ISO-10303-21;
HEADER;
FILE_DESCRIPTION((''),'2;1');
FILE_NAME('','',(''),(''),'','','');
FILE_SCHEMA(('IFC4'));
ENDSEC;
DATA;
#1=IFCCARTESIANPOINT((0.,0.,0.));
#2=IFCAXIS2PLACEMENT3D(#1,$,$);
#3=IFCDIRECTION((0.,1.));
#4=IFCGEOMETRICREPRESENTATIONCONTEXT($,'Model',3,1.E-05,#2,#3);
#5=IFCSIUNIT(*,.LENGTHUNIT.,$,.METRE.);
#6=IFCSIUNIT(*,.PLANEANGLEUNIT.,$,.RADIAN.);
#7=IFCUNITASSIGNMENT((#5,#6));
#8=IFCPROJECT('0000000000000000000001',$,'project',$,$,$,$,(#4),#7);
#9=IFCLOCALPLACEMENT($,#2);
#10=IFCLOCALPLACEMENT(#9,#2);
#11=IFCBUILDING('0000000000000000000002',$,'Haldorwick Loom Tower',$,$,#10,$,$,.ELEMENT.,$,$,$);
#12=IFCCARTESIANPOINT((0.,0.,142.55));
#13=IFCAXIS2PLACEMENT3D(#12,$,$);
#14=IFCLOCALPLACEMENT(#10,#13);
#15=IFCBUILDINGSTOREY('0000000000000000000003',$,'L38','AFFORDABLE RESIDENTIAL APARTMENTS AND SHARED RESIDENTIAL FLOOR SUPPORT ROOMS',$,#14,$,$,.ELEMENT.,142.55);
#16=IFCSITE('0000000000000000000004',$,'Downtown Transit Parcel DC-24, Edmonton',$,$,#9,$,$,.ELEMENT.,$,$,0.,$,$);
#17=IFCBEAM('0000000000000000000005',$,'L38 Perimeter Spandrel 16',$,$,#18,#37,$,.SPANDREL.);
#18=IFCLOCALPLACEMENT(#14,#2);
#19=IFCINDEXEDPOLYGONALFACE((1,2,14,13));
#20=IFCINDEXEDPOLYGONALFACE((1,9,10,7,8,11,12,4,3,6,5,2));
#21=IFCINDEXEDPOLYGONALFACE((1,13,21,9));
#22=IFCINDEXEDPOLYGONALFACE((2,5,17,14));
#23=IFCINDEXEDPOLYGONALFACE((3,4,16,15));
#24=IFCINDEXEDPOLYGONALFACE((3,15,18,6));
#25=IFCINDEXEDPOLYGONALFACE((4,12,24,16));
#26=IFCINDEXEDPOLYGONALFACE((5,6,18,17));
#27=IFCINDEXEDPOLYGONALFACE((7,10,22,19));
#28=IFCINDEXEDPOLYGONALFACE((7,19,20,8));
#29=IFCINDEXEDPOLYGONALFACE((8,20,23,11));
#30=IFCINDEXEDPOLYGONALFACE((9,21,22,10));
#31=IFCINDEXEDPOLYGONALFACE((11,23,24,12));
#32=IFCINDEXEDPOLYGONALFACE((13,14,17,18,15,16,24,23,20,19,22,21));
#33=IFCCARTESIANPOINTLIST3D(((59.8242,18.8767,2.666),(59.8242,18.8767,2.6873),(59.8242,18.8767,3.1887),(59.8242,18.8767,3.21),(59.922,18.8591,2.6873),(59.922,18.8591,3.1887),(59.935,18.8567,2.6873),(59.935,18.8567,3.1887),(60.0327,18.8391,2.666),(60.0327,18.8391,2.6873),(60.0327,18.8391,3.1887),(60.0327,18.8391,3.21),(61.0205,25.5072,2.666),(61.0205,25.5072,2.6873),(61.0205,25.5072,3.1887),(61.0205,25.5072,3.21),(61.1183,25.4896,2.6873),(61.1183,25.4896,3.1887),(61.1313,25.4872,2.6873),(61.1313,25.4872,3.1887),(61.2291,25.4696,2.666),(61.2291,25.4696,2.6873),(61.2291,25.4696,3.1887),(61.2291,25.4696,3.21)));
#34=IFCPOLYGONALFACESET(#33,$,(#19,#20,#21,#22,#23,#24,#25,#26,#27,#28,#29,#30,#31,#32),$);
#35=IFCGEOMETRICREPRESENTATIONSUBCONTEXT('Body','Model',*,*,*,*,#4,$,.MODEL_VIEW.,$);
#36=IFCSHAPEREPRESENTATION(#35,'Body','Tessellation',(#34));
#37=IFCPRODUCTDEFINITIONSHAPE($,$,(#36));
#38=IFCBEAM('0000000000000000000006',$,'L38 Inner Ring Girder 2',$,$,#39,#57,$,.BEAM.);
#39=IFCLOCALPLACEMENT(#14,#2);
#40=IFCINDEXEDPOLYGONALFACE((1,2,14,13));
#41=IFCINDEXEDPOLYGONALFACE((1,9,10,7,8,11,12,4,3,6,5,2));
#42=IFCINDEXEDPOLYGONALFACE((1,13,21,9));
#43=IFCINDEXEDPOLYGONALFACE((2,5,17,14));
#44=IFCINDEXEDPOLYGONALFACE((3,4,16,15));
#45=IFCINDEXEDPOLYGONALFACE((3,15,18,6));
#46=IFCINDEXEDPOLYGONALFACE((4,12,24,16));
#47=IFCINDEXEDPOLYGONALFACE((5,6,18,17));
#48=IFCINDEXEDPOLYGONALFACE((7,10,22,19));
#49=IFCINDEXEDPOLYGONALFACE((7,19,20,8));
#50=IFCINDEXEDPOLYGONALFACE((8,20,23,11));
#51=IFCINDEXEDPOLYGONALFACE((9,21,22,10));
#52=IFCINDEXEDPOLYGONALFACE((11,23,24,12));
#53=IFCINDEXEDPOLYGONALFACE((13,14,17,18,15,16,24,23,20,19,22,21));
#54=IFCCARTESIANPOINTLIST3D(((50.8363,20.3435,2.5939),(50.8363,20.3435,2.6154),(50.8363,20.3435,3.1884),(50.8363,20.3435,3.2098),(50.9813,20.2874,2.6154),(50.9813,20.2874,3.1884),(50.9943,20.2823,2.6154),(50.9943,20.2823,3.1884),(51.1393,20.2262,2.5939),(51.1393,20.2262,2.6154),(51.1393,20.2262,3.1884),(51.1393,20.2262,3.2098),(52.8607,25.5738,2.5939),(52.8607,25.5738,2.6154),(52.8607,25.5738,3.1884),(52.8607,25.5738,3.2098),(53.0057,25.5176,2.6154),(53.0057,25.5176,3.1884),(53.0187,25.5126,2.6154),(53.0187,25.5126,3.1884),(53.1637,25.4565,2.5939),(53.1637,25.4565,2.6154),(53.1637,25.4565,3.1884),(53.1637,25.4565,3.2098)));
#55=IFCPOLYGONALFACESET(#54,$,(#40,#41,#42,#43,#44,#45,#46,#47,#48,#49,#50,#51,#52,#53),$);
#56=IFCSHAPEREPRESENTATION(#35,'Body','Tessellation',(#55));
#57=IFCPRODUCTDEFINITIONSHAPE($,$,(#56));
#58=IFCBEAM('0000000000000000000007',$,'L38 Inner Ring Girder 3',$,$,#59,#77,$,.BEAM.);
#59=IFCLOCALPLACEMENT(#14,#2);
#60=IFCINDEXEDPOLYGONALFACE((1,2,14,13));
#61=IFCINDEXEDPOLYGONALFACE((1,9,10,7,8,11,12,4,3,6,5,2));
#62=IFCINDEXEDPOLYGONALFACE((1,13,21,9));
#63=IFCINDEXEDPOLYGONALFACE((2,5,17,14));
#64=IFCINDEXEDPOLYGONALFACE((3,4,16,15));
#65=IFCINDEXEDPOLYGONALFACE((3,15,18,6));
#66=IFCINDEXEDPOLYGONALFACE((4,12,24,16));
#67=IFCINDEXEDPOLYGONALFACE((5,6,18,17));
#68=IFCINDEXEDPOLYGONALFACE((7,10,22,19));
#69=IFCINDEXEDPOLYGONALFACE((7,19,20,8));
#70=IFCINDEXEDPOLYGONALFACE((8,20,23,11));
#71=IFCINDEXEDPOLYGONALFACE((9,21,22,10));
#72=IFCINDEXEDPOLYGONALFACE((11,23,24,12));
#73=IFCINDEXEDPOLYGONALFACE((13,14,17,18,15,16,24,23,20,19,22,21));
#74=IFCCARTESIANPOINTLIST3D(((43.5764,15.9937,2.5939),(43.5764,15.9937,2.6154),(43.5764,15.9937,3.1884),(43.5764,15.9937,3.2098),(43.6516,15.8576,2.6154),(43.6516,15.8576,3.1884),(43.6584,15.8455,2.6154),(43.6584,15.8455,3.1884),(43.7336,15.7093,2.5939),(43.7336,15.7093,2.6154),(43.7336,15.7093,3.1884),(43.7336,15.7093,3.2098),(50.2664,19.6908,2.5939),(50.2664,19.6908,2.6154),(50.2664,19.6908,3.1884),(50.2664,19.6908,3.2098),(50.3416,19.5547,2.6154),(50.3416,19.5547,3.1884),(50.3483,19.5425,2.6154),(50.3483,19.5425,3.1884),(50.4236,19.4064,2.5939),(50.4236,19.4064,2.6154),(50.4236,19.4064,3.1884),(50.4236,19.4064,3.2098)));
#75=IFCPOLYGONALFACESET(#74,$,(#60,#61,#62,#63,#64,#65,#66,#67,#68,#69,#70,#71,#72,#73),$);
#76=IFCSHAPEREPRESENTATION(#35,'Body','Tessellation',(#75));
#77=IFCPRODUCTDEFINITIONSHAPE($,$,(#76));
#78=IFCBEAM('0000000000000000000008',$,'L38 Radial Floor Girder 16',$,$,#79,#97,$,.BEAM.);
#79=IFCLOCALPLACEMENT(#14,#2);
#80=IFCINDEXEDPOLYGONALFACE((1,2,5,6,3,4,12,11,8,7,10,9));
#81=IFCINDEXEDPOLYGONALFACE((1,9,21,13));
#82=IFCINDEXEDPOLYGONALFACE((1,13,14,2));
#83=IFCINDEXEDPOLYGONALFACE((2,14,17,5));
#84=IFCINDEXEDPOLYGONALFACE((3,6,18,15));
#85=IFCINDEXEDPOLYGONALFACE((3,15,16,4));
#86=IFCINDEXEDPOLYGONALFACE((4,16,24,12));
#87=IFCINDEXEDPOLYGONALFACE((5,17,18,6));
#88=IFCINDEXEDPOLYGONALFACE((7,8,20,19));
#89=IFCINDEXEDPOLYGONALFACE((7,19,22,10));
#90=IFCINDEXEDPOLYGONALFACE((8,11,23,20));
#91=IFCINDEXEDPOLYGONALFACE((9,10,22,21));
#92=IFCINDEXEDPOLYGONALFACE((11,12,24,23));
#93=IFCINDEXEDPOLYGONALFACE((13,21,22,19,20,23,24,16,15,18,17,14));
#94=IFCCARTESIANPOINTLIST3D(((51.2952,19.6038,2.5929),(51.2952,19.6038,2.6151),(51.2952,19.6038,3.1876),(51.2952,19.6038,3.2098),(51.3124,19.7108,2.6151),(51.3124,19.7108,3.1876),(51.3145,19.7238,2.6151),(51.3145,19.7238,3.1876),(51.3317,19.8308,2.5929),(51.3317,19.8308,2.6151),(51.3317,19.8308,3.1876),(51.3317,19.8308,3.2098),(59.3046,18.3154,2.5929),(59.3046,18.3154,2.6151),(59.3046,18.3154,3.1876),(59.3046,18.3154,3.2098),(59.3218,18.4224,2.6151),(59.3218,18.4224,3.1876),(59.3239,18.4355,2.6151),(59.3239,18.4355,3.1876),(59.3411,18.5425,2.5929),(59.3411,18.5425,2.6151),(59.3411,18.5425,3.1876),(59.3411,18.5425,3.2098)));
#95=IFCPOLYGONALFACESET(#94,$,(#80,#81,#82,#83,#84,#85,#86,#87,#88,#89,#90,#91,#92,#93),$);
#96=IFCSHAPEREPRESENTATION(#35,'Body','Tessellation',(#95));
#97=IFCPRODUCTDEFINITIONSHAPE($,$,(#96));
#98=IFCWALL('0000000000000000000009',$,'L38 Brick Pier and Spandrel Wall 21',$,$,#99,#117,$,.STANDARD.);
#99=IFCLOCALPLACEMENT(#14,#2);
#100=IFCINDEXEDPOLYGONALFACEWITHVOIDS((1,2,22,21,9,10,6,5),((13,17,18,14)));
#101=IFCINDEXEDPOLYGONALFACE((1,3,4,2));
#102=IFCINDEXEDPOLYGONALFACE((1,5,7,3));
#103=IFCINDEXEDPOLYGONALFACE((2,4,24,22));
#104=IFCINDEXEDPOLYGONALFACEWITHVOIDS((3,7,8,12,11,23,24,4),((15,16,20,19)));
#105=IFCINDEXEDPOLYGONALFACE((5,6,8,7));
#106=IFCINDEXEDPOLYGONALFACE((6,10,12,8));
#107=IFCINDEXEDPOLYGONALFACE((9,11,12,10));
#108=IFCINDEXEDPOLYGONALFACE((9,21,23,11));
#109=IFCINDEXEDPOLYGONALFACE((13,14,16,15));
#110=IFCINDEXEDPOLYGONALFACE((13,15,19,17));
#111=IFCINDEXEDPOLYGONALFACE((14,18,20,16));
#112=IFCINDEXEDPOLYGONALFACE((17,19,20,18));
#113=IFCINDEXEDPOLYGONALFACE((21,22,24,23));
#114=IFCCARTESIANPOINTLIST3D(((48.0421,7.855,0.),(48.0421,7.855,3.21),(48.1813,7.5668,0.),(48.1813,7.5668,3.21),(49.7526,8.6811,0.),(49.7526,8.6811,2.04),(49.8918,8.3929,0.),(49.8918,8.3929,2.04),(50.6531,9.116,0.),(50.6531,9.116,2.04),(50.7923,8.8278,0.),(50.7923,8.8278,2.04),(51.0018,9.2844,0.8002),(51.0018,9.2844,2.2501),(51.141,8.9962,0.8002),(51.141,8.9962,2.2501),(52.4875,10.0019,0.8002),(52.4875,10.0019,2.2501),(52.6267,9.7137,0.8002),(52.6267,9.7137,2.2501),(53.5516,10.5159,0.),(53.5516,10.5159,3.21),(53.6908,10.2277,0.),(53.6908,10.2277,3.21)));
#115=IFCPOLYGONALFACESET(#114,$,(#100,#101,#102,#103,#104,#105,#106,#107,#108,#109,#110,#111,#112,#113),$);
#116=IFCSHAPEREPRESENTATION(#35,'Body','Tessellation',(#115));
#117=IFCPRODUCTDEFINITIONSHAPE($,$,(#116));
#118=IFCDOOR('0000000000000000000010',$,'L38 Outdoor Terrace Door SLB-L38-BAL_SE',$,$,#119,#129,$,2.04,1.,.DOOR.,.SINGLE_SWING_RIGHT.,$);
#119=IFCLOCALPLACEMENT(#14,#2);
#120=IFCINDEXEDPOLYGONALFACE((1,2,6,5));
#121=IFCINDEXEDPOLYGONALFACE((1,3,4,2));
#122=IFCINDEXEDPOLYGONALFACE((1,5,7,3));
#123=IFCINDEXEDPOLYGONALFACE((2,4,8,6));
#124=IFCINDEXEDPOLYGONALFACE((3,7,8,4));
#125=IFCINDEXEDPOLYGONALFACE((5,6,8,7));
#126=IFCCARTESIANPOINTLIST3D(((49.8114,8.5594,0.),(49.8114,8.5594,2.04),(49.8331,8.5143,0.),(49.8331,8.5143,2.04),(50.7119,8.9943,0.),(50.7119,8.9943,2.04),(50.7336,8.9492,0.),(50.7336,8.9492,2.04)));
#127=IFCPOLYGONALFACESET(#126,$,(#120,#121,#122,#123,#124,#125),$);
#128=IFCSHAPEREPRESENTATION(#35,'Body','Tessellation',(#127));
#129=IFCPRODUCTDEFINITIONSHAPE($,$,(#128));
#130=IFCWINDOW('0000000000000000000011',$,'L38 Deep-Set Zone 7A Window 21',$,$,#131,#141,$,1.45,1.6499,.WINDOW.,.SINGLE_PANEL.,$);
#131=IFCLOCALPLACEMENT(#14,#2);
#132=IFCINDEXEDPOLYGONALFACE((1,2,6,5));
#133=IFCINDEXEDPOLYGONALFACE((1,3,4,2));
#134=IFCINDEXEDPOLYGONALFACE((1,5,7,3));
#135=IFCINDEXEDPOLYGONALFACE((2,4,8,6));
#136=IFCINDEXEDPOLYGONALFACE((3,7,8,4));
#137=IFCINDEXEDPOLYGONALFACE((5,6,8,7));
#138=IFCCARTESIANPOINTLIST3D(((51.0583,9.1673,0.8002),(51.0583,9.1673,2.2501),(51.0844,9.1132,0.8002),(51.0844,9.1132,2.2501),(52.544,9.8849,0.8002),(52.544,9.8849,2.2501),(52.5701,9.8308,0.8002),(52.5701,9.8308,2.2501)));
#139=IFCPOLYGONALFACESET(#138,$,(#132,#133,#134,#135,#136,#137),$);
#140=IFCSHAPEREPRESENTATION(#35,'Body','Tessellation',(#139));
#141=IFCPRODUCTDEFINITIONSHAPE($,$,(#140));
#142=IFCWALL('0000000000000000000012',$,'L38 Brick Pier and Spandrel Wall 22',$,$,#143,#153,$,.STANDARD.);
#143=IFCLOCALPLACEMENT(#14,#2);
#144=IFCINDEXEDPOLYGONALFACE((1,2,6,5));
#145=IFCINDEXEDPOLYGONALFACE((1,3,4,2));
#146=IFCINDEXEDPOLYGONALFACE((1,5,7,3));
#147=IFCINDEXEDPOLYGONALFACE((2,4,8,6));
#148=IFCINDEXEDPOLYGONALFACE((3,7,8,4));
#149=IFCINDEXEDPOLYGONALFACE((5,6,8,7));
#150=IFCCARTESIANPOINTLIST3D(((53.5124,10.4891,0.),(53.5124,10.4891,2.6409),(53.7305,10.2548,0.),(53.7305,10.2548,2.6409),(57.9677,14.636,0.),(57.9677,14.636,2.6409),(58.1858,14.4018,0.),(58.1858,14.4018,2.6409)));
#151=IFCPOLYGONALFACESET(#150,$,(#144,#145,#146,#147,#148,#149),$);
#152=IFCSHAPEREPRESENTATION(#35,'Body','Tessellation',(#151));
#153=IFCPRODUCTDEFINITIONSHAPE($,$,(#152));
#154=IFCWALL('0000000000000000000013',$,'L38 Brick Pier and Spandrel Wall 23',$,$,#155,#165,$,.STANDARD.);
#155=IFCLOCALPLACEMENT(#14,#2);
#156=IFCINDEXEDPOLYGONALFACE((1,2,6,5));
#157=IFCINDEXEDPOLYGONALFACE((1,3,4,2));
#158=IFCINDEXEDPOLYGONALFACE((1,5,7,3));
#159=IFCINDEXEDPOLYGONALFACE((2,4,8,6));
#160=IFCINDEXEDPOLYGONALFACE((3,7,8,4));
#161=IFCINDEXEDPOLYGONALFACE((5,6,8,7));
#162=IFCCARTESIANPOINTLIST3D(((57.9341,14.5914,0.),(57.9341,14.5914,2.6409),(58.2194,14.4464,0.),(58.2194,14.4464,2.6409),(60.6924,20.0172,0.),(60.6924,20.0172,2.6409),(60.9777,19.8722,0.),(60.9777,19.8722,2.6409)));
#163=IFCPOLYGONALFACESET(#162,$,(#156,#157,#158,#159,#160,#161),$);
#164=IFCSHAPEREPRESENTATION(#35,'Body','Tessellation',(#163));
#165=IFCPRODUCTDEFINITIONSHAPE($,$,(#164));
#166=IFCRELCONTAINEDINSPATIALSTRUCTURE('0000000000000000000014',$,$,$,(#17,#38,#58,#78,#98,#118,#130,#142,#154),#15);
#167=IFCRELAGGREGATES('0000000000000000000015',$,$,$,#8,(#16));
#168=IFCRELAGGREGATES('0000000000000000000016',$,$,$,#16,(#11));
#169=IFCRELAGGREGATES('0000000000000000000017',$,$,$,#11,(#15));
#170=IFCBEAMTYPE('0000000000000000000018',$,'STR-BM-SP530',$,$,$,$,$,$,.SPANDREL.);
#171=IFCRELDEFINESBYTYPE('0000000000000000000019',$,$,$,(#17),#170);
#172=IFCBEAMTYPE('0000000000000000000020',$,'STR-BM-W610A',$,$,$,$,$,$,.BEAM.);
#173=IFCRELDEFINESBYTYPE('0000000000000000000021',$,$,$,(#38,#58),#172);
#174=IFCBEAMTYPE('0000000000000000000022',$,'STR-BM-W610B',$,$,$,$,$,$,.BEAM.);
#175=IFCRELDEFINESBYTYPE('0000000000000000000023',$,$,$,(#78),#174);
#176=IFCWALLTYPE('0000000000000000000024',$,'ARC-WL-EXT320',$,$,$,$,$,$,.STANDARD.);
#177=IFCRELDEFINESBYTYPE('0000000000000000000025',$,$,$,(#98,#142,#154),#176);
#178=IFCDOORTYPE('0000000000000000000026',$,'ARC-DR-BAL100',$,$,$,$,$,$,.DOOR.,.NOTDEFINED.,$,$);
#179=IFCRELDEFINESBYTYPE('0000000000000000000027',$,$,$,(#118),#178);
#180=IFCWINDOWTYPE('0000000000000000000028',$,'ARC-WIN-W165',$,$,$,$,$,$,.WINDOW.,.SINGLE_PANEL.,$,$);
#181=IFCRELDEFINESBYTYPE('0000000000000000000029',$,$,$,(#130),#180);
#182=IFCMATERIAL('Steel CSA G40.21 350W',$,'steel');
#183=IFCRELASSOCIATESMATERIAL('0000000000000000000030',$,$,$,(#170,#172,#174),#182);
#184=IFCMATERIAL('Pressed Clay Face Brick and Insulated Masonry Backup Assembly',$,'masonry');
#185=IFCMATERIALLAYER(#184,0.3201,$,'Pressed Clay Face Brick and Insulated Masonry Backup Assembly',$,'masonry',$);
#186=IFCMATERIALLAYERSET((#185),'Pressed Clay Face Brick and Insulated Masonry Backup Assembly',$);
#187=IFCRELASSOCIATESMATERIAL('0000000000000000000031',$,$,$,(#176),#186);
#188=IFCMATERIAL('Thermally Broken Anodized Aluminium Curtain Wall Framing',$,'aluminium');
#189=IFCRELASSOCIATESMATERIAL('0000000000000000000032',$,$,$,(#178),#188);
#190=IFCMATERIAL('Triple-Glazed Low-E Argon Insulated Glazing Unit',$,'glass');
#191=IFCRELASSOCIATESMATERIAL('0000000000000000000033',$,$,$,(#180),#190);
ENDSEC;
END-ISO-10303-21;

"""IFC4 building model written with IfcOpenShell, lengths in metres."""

from ifc_helpers import new_model, si_unit, direction, frame, frame_2d, origin, origin_2d, place, context, subcontext, project, spatial, rectangle, i_section, extrude, material, layer, layer_set, material_profile, profile_set, type_object, element, fill, save


model = new_model("IFC4")

# Units and contexts
model_context = context("Model", 3, precision=1e-05, world=origin(), true_north=direction((0.0, 1.0)))
body_context = subcontext(model_context, "Body", "Model", "MODEL_VIEW")
ifc_project = project(units=[si_unit("LENGTHUNIT", "METRE"), si_unit("PLANEANGLEUNIT", "RADIAN")], contexts=[model_context])

# Site, building, storey
site_placement = place(None, origin())
site = spatial("IfcSite", under=ifc_project, at=site_placement, Name="Downtown Transit Parcel DC-24, Edmonton", CompositionType="ELEMENT", RefElevation=0.0)
building_placement = place(site_placement, origin())
building = spatial("IfcBuilding", under=site, at=building_placement, Name="Haldorwick Loom Tower", CompositionType="ELEMENT")
storey_placement = place(building_placement, frame((0.0, 0.0, 142.55)))
storey = spatial("IfcBuildingStorey", under=building, at=storey_placement, Name="L38", Description="AFFORDABLE RESIDENTIAL APARTMENTS AND SHARED RESIDENTIAL FLOOR SUPPORT ROOMS", CompositionType="ELEMENT", Elevation=142.55)

# Beams
ifc_material_1 = material(Name="Steel CSA G40.21 350W", Category="steel")
ifc_material_profile_1 = material_profile(ifc_material_1, i_section(OverallWidth=0.2119, OverallDepth=0.5439, WebThickness=0.0132, FlangeThickness=0.0212, at=origin_2d()), Name="W530X123", Category="steel")
ifc_profile_set_1 = profile_set([ifc_material_profile_1], Name="Steel CSA G40.21 350W")
beam_type_1 = type_object("IfcBeamType", Name="STR-BM-SP530", PredefinedType="SPANDREL", material=ifc_profile_set_1)
beam_1_placement = place(storey_placement, frame((59.9285, 18.8579, 2.938), z_axis=(0.177559, 0.98411, 0.0), x_axis=(-0.98411, 0.177559, 0.0)))
element("IfcBeam", 1, at=beam_1_placement, inside=storey, type_object=beam_type_1, Name="L38 Perimeter Spandrel 16", PredefinedType="SPANDREL", context=body_context, shape_type="SweptSolid", body=[
    extrude(i_section(OverallWidth=0.2119, OverallDepth=0.5439, WebThickness=0.0132, FlangeThickness=0.0212, at=origin_2d()), origin(), (0.0, 0.0, 1.0), 6.7375),
])
ifc_material_profile_2 = material_profile(ifc_material_1, i_section(OverallWidth=0.325, OverallDepth=0.616, WebThickness=0.0139, FlangeThickness=0.0215, at=origin_2d()), Name="W610X174", Category="steel")
ifc_profile_set_2 = profile_set([ifc_material_profile_2], Name="Steel CSA G40.21 350W")
beam_type_2 = type_object("IfcBeamType", Name="STR-BM-W610A", PredefinedType="BEAM", material=ifc_profile_set_2)
beam_2_placement = place(storey_placement, frame((53.0122, 25.5151, 2.9019), z_axis=(-0.360965, -0.932579, 0.0), x_axis=(0.932579, -0.360965, 0.0)))
element("IfcBeam", 2, at=beam_2_placement, inside=storey, type_object=beam_type_2, Name="L38 Inner Ring Girder 2", PredefinedType="BEAM", context=body_context, shape_type="SweptSolid", body=[
    extrude(i_section(OverallWidth=0.325, OverallDepth=0.616, WebThickness=0.0139, FlangeThickness=0.0215, at=origin_2d()), origin(), (0.0, 0.0, 1.0), 5.6084),
])
beam_3_placement = place(storey_placement, frame((50.345, 19.5486, 2.9019), z_axis=(-0.875244, -0.483681, 0.0), x_axis=(0.483681, -0.875244, 0.0)))
element("IfcBeam", 3, at=beam_3_placement, inside=storey, type_object=beam_type_2, Name="L38 Inner Ring Girder 3", PredefinedType="BEAM", context=body_context, shape_type="SweptSolid", body=[
    extrude(i_section(OverallWidth=0.325, OverallDepth=0.616, WebThickness=0.0139, FlangeThickness=0.0215, at=origin_2d()), origin(), (0.0, 0.0, 1.0), 7.6436),
])
ifc_material_profile_3 = material_profile(ifc_material_1, i_section(OverallWidth=0.23, OverallDepth=0.6169, WebThickness=0.0132, FlangeThickness=0.0222, at=origin_2d()), Name="W610X140", Category="steel")
ifc_profile_set_3 = profile_set([ifc_material_profile_3], Name="Steel CSA G40.21 350W")
beam_type_3 = type_object("IfcBeamType", Name="STR-BM-W610B", PredefinedType="BEAM", material=ifc_profile_set_3)
beam_4_placement = place(storey_placement, frame((51.3135, 19.7173, 2.9014), z_axis=(0.987309, -0.158813, 0.0), x_axis=(0.158813, 0.987309, 0.0)))
element("IfcBeam", 4, at=beam_4_placement, inside=storey, type_object=beam_type_3, Name="L38 Radial Floor Girder 16", PredefinedType="BEAM", context=body_context, shape_type="SweptSolid", body=[
    extrude(i_section(OverallWidth=0.23, OverallDepth=0.6169, WebThickness=0.0132, FlangeThickness=0.0222, at=origin_2d()), origin(), (0.0, 0.0, 1.0), 8.1123),
])

# Wall, openings, door, window
ifc_material_2 = material(Name="Pressed Clay Face Brick and Insulated Masonry Backup Assembly", Category="masonry")
ifc_layer_1 = layer(ifc_material_2, 0.3201, Name="Pressed Clay Face Brick and Insulated Masonry Backup Assembly", Category="masonry")
ifc_layer_set_1 = layer_set([ifc_layer_1], Name="Pressed Clay Face Brick and Insulated Masonry Backup Assembly")
wall_type_1 = type_object("IfcWallType", Name="ARC-WL-EXT320", PredefinedType="STANDARD", material=ifc_layer_set_1)
wall_1_placement = place(storey_placement, frame((48.1118, 7.7109, 0.0), z_axis=(0.0, 0.0, 1.0), x_axis=(0.90048, 0.434897, 0.0)))
wall_1 = element("IfcWall", 5, at=wall_1_placement, inside=storey, type_object=wall_type_1, Name="L38 Brick Pier and Spandrel Wall 21", PredefinedType="STANDARD", context=body_context, shape_type="SweptSolid", body=[
    extrude(rectangle(XDim=6.1184, YDim=0.3201, at=frame_2d((3.0591, 0.0))), origin(), (0.0, 0.0, 1.0), 3.21),
])
opening_1_placement = place(wall_1_placement, frame((1.8994, 0.0, 0.0)))
opening_1 = element("IfcOpeningElement", 6, at=opening_1_placement, cuts=wall_1, PredefinedType="OPENING", context=body_context, shape_type="SweptSolid", body=[
    extrude(rectangle(XDim=1.0, YDim=2.04, at=frame_2d((0.5, 1.02))), frame((0.0, 0.1699, 0.0), z_axis=(0.0, -1.0, 0.0), x_axis=(1.0, 0.0, 0.0)), (0.0, 0.0, 1.0), 0.3401),
])
opening_2_placement = place(wall_1_placement, frame((3.2866, 0.0, 0.8)))
opening_2 = element("IfcOpeningElement", 7, at=opening_2_placement, cuts=wall_1, PredefinedType="OPENING", context=body_context, shape_type="SweptSolid", body=[
    extrude(rectangle(XDim=1.6499, YDim=1.45, at=frame_2d((0.825, 0.7251))), frame((0.0, 0.1699, 0.0), z_axis=(0.0, -1.0, 0.0), x_axis=(1.0, 0.0, 0.0)), (0.0, 0.0, 1.0), 0.3401),
])
ifc_material_3 = material(Name="Thermally Broken Anodized Aluminium Curtain Wall Framing", Category="aluminium")
door_type_1 = type_object("IfcDoorType", Name="ARC-DR-BAL100", OperationType="NOTDEFINED", PredefinedType="DOOR", material=ifc_material_3)
door_1_placement = place(opening_1_placement, origin())
door_1 = element("IfcDoor", 8, at=door_1_placement, inside=storey, type_object=door_type_1, Name="L38 Outdoor Terrace Door SLB-L38-BAL_SE", OperationType="SINGLE_SWING_RIGHT", OverallHeight=2.04, OverallWidth=1.0, PredefinedType="DOOR", context=body_context, shape_type="SweptSolid", body=[
    extrude(rectangle(XDim=1.0, YDim=2.04, at=frame_2d((0.5, 1.02))), frame((0.0, 0.0249, 0.0), z_axis=(0.0, -1.0, 0.0), x_axis=(1.0, 0.0, 0.0)), (0.0, 0.0, 1.0), 0.05),
])
fill(opening_1, door_1)
ifc_material_4 = material(Name="Triple-Glazed Low-E Argon Insulated Glazing Unit", Category="glass")
window_type = type_object("IfcWindowType", Name="ARC-WIN-W165", PartitioningType="SINGLE_PANEL", PredefinedType="WINDOW", material=ifc_material_4)
window_1_placement = place(opening_2_placement, origin())
window_1 = element("IfcWindow", 9, at=window_1_placement, inside=storey, type_object=window_type, Name="L38 Deep-Set Zone 7A Window 21", OverallHeight=1.45, OverallWidth=1.6499, PartitioningType="SINGLE_PANEL", PredefinedType="WINDOW", context=body_context, shape_type="SweptSolid", body=[
    extrude(rectangle(XDim=1.6499, YDim=1.45, at=frame_2d((0.825, 0.7251))), frame((0.0, 0.03, 0.0), z_axis=(0.0, -1.0, 0.0), x_axis=(1.0, 0.0, 0.0)), (0.0, 0.0, 1.0), 0.0601),
])
fill(opening_2, window_1)

# Walls
for number, where, z_axis, x_axis, name in (
    (10, (53.6213, 10.3718, 0.0), (0.0, 0.0, 1.0), (0.731983, 0.681323, 0.0), "L38 Brick Pier and Spandrel Wall 22"),
    (11, (58.0767, 14.5188, 0.0), (0.0, 0.0, 1.0), (0.453172, 0.891423, 0.0), "L38 Brick Pier and Spandrel Wall 23"),
):
    element("IfcWall", number, at=place(storey_placement, frame(where, z_axis=z_axis, x_axis=x_axis)), inside=storey, type_object=wall_type_1, Name=name, PredefinedType="STANDARD", context=body_context, shape_type="SweptSolid", body=[
        extrude(rectangle(XDim=6.0867, YDim=0.3201, at=frame_2d((3.0435, 0.0))), origin(), (0.0, 0.0, 1.0), 2.6409),
    ])

save(model, "model.ifc")
